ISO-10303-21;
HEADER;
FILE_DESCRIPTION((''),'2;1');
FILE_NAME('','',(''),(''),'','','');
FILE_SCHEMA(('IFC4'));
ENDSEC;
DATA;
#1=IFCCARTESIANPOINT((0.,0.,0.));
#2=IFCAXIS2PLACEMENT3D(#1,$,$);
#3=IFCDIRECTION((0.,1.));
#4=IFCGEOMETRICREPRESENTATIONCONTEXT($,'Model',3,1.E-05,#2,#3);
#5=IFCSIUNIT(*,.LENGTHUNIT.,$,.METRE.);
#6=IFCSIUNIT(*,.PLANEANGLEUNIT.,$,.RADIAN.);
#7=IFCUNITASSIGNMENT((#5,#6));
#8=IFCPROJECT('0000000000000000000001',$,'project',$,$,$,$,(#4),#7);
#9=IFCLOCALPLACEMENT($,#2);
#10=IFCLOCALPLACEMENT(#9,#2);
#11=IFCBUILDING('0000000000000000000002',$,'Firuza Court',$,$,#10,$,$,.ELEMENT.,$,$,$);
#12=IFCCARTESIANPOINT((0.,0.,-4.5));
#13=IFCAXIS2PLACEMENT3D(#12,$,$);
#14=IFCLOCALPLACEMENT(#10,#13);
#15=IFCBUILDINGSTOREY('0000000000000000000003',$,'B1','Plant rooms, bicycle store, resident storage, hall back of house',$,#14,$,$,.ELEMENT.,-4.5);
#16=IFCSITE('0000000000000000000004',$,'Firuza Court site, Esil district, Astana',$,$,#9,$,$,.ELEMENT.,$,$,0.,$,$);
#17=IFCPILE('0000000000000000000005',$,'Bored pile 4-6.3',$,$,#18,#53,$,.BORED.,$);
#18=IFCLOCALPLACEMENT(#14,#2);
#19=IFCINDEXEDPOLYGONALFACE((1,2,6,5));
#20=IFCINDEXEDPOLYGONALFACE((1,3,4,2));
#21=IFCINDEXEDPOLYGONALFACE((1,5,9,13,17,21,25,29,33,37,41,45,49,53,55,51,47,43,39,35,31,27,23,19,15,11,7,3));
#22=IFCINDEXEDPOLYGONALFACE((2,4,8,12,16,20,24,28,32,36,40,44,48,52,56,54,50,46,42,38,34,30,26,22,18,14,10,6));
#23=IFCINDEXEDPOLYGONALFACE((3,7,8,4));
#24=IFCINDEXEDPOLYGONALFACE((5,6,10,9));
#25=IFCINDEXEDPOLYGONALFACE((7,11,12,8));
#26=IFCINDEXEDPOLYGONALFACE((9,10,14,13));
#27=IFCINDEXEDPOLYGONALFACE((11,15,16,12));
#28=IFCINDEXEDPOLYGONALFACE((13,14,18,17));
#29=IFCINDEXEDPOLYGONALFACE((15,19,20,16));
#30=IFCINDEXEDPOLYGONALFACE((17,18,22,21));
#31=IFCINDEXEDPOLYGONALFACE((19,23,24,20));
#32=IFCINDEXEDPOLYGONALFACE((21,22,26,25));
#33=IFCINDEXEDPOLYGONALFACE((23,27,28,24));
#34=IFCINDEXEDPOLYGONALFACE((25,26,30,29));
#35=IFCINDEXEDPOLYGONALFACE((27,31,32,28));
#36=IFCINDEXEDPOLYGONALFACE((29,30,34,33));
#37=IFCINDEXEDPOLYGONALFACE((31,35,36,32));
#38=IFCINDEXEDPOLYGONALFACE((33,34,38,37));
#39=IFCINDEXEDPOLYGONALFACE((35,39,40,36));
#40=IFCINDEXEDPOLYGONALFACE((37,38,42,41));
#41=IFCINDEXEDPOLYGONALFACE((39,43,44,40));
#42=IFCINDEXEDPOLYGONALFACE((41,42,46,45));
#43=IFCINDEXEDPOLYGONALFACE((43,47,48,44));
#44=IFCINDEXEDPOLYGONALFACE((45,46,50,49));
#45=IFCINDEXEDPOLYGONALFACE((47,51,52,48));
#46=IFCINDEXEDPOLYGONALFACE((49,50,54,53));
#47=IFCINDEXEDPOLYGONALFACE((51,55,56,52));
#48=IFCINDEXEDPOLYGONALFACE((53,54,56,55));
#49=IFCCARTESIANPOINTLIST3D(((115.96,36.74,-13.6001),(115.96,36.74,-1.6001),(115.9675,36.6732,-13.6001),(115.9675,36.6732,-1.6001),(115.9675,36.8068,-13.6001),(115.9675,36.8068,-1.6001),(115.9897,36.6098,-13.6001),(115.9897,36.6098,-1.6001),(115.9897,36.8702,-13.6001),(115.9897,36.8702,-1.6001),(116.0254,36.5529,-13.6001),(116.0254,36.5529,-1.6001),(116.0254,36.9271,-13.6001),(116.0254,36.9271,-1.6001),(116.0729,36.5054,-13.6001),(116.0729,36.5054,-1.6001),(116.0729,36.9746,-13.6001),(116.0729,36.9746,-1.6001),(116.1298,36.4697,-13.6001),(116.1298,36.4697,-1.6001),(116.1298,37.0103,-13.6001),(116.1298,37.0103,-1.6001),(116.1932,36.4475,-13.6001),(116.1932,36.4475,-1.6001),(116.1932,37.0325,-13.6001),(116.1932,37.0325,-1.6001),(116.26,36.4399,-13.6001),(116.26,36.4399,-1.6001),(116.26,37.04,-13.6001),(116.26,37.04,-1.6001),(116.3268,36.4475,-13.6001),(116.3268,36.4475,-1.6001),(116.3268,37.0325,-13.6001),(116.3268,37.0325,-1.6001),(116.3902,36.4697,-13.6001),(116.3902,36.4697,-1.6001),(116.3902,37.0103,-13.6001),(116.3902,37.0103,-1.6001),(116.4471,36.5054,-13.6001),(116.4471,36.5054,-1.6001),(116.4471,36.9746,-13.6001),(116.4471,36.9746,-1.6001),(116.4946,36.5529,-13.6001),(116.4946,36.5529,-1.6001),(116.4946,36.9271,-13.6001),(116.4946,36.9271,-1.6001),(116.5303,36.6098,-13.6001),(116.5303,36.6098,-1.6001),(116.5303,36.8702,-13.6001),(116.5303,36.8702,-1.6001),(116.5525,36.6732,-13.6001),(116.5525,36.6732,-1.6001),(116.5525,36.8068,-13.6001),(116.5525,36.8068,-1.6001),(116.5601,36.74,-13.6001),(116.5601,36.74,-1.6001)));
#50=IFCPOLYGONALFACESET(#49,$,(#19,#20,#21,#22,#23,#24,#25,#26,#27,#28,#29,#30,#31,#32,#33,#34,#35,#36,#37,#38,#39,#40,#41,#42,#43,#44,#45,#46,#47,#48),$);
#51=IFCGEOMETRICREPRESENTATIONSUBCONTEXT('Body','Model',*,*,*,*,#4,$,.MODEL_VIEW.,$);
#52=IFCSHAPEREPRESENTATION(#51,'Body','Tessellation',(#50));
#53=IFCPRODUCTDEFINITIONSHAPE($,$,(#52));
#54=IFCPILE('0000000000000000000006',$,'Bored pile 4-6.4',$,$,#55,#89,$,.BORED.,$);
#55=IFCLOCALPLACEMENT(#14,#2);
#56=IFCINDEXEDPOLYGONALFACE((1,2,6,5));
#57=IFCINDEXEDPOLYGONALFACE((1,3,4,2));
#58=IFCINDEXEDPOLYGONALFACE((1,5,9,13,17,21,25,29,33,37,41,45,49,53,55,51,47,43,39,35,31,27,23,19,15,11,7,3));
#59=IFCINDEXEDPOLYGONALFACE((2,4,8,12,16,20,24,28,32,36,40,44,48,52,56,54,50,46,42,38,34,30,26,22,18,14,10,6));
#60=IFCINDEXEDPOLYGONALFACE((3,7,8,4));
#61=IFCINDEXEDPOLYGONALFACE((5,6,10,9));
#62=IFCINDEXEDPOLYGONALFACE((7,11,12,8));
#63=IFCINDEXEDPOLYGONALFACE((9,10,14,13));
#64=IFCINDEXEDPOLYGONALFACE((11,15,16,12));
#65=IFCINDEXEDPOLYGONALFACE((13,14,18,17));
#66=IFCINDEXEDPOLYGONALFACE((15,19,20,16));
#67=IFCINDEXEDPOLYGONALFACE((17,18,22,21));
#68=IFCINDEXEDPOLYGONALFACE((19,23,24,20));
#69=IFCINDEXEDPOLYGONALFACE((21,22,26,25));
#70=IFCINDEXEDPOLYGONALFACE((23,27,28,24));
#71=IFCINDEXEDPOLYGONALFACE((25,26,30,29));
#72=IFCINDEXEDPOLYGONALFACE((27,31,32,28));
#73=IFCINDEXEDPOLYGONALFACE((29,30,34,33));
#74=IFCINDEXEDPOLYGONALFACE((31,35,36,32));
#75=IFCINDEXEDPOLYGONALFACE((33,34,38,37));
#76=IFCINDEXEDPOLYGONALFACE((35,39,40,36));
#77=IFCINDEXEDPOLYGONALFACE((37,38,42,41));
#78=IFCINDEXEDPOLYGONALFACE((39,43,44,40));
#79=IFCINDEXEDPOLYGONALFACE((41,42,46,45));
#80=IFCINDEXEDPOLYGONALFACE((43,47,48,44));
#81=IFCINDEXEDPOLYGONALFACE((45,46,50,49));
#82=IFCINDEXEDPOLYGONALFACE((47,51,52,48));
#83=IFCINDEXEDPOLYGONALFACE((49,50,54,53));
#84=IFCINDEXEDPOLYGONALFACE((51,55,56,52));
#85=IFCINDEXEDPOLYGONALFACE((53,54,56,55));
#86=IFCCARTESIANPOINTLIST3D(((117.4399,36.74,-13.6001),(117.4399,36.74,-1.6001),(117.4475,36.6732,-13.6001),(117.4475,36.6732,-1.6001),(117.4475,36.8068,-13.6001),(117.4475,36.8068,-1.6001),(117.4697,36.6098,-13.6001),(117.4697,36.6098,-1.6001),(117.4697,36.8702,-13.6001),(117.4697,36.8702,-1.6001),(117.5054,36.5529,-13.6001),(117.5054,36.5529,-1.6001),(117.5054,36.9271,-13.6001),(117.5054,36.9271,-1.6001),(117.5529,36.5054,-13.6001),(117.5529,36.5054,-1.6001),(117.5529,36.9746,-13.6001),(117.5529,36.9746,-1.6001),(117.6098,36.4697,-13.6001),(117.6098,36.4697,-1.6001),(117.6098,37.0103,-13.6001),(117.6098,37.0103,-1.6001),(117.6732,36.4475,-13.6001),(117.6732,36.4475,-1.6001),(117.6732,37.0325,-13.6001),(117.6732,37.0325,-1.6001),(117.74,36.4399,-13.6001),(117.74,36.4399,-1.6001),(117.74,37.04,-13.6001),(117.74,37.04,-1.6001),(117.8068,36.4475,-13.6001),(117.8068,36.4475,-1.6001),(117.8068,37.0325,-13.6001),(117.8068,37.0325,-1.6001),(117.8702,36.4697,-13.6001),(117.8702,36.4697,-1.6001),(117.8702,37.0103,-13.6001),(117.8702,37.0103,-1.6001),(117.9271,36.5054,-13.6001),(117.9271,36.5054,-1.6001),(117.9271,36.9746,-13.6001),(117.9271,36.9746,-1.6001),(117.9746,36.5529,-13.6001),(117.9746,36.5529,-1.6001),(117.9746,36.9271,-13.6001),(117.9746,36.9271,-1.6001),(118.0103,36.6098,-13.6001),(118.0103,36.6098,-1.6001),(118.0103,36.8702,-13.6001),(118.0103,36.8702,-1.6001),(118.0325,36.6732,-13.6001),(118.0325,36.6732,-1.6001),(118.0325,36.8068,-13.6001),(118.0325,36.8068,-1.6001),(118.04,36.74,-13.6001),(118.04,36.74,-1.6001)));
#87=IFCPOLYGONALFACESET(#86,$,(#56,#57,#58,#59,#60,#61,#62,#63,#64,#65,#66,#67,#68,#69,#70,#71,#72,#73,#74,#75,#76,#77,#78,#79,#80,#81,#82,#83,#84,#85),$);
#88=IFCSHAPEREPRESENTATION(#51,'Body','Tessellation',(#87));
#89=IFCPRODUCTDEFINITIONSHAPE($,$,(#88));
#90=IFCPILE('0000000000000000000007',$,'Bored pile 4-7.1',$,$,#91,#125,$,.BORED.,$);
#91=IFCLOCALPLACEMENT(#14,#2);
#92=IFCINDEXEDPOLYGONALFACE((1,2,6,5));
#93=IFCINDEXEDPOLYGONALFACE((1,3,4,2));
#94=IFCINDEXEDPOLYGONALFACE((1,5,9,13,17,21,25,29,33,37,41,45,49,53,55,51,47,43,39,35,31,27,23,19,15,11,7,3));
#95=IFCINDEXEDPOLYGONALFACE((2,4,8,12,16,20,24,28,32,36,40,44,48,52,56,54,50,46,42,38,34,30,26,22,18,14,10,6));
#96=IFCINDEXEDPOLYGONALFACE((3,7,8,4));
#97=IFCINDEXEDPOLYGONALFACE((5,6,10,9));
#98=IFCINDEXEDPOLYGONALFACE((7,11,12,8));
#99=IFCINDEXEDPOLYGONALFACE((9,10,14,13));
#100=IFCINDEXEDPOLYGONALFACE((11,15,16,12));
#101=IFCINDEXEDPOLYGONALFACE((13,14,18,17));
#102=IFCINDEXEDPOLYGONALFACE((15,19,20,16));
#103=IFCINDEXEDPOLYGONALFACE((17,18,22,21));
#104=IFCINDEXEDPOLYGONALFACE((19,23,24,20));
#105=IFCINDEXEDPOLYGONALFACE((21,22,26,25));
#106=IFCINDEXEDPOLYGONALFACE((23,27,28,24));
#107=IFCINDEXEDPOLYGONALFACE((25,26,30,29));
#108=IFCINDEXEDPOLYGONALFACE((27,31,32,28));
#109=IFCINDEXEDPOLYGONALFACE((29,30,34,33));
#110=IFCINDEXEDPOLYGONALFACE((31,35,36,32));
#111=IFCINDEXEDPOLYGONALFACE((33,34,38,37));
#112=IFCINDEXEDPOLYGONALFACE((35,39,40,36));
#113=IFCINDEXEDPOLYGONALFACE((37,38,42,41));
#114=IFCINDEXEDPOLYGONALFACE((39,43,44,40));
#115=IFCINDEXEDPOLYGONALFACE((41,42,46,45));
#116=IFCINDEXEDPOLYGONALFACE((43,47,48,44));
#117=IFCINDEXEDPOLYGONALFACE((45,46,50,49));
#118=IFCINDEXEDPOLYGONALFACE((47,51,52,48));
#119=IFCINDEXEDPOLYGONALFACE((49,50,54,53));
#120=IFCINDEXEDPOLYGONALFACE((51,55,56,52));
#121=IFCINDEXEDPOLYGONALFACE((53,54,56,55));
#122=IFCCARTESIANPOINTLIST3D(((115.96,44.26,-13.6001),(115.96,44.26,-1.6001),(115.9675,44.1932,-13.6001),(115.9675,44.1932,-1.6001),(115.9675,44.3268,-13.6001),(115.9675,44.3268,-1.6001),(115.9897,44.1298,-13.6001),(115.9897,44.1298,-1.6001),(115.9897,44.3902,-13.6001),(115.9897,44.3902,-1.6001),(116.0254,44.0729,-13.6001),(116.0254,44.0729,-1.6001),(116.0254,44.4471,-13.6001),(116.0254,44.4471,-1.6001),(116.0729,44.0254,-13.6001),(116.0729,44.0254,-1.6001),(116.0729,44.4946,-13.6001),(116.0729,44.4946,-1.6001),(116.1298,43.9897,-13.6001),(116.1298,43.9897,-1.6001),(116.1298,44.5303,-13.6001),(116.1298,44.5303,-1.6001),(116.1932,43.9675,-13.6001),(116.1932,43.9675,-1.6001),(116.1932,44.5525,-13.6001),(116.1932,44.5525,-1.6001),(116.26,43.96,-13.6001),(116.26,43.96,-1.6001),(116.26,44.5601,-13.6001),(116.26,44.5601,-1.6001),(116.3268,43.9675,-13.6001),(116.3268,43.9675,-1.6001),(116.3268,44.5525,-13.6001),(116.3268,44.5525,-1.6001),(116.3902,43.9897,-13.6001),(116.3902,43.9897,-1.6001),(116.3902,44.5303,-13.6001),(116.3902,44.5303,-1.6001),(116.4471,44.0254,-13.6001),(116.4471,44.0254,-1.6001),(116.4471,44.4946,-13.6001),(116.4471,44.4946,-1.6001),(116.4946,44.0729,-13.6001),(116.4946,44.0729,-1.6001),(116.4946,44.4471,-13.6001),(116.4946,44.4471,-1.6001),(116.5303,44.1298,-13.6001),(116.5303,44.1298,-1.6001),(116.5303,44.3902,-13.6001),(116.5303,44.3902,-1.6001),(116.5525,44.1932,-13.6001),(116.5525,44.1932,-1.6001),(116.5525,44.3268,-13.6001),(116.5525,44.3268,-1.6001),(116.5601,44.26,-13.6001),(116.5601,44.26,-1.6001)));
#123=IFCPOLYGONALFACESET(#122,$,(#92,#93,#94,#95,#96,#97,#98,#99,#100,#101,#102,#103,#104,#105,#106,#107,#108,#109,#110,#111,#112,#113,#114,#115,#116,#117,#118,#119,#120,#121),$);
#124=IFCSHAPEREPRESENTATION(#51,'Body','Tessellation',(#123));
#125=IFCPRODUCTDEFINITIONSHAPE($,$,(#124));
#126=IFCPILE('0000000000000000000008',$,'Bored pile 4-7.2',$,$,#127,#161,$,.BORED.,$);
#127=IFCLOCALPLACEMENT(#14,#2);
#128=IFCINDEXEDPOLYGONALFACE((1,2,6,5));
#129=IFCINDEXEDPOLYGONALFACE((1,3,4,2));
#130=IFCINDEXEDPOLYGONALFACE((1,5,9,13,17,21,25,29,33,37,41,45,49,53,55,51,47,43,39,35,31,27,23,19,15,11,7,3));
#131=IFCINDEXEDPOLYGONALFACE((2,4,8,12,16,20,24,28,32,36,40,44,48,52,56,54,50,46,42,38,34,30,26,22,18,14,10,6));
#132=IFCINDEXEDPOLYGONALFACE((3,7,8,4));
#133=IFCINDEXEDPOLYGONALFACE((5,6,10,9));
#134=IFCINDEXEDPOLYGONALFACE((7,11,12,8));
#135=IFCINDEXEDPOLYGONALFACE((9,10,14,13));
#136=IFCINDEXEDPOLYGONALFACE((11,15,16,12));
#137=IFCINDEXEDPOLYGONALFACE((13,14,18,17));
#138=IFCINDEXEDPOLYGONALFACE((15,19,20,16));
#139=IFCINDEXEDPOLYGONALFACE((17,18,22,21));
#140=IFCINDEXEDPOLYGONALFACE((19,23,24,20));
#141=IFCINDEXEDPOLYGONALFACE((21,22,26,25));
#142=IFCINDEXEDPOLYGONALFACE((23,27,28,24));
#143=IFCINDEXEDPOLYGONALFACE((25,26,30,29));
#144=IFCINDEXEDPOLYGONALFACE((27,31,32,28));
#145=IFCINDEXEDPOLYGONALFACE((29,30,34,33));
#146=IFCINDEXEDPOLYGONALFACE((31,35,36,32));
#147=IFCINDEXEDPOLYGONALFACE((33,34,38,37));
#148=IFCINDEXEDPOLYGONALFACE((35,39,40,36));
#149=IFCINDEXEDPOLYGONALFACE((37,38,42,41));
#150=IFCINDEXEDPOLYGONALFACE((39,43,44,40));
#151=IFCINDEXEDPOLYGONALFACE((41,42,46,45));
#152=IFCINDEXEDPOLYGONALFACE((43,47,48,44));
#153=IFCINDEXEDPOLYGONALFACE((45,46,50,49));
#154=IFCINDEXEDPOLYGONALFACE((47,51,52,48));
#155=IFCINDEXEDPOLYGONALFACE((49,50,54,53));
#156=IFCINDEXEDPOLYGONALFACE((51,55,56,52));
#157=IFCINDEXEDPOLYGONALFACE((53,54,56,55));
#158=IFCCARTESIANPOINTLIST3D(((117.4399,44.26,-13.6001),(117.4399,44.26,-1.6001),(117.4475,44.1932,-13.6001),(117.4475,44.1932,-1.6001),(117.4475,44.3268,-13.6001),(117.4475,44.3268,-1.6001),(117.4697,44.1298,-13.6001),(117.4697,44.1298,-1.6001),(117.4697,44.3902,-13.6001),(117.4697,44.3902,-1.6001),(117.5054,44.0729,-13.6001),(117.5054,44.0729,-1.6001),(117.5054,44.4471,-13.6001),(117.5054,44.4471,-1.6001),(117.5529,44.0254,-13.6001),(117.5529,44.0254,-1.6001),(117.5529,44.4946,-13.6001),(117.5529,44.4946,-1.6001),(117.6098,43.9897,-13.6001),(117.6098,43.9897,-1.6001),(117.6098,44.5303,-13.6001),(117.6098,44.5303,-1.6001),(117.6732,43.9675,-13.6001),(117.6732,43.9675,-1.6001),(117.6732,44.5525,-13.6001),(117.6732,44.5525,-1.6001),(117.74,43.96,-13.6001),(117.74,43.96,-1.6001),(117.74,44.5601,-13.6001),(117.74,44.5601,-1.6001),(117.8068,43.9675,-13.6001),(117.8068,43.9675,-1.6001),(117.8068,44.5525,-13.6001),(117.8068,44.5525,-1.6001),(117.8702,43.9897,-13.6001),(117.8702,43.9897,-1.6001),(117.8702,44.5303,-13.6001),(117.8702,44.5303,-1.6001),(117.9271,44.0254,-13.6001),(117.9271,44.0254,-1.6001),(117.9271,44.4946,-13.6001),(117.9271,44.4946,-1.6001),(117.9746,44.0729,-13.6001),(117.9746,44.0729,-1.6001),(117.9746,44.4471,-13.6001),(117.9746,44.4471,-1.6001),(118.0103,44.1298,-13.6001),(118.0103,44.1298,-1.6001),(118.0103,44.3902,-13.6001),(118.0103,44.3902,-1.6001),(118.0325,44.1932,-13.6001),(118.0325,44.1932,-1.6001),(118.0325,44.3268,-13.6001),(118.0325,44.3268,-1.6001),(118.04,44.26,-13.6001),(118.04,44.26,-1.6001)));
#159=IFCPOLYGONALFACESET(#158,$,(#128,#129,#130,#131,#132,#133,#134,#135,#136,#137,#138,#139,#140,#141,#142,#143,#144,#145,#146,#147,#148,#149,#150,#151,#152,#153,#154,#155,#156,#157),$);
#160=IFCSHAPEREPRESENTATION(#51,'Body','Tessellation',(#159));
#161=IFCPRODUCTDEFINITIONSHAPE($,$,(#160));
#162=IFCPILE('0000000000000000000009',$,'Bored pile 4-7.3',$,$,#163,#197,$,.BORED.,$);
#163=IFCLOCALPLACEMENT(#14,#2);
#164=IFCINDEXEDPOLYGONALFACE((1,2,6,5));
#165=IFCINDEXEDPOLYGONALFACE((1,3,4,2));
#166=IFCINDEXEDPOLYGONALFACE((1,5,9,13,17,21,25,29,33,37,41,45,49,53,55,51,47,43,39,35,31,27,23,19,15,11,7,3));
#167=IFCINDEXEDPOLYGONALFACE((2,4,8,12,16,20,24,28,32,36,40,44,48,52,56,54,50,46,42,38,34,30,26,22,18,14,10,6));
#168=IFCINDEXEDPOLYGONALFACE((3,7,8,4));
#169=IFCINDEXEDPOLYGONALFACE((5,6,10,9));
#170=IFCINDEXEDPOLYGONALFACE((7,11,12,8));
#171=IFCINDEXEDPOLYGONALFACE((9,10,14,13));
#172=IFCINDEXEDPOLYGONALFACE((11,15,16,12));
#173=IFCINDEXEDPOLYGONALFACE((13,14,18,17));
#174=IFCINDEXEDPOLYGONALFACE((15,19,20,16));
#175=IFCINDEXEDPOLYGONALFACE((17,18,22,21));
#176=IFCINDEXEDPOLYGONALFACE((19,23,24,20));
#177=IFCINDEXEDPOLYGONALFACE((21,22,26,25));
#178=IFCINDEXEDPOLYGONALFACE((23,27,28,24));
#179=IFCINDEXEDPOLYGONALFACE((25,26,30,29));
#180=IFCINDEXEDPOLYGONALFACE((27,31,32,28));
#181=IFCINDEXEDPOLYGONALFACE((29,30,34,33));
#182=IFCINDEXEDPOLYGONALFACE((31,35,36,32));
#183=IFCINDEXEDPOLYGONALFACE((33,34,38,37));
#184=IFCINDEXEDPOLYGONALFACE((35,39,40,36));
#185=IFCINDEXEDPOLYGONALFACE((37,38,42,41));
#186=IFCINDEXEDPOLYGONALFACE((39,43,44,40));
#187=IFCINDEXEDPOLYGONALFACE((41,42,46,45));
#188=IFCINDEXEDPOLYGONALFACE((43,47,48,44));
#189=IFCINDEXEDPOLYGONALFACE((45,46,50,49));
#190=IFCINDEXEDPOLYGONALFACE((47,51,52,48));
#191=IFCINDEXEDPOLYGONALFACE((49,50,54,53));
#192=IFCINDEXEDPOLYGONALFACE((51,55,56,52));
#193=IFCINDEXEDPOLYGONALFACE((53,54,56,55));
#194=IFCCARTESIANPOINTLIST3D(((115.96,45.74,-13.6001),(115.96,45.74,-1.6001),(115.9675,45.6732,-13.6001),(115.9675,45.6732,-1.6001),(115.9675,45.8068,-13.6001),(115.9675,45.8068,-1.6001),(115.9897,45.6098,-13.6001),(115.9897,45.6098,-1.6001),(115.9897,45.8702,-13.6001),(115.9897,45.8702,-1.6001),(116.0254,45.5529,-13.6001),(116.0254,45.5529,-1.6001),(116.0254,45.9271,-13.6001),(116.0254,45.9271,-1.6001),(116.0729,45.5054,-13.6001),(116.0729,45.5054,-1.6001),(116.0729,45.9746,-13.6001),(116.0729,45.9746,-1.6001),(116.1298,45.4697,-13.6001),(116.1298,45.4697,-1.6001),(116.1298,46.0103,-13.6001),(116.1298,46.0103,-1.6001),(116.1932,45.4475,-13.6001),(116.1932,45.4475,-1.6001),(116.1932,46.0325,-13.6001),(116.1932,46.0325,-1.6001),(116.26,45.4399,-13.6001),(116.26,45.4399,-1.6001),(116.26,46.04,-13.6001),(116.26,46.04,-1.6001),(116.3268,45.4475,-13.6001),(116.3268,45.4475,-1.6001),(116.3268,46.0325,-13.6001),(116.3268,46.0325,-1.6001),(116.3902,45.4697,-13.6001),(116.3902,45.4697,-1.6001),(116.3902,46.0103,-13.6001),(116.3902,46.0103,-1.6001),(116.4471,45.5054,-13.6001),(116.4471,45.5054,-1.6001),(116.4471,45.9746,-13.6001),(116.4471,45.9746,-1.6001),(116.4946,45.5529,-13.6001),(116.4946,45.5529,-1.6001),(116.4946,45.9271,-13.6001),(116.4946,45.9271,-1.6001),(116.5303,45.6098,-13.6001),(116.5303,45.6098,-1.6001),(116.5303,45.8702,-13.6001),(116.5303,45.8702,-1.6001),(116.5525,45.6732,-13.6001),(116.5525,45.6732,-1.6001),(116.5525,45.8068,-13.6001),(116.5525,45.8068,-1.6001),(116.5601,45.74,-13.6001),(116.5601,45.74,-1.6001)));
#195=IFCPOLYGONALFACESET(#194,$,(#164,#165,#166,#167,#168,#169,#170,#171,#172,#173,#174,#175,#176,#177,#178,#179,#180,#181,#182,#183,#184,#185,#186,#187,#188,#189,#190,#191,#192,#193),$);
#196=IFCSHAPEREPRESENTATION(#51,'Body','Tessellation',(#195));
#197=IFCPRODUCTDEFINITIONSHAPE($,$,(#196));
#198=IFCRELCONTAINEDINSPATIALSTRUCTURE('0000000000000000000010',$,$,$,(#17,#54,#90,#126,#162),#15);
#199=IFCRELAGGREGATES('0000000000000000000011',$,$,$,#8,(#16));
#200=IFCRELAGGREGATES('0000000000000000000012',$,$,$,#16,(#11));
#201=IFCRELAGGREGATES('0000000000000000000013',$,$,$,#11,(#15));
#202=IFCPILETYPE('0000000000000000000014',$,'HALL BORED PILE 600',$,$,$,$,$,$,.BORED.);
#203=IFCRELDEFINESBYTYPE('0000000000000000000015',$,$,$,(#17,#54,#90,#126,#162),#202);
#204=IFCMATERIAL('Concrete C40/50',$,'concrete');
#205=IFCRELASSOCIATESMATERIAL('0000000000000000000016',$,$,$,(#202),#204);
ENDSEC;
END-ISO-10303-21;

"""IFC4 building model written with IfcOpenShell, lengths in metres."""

from ifc_helpers import new_model, si_unit, direction, frame, origin, origin_2d, place, context, subcontext, project, spatial, circle, extrude, material, material_profile, profile_set, type_object, element, save


model = new_model("IFC4")

# Units and contexts
model_context = context("Model", 3, precision=1e-05, world=origin(), true_north=direction((0.0, 1.0)))
body_context = subcontext(model_context, "Body", "Model", "MODEL_VIEW")
ifc_project = project(units=[si_unit("LENGTHUNIT", "METRE"), si_unit("PLANEANGLEUNIT", "RADIAN")], contexts=[model_context])

# Site, building, storey
site_placement = place(None, origin())
site = spatial("IfcSite", under=ifc_project, at=site_placement, Name="Firuza Court site, Esil district, Astana", CompositionType="ELEMENT", RefElevation=0.0)
building_placement = place(site_placement, origin())
building = spatial("IfcBuilding", under=site, at=building_placement, Name="Firuza Court", CompositionType="ELEMENT")
storey_placement = place(building_placement, frame((0.0, 0.0, -4.5)))
storey = spatial("IfcBuildingStorey", under=building, at=storey_placement, Name="B1", Description="Plant rooms, bicycle store, resident storage, hall back of house", CompositionType="ELEMENT", Elevation=-4.5)

# Piles
ifc_material_1 = material(Name="Concrete C40/50", Category="concrete")
ifc_material_profile_1 = material_profile(ifc_material_1, circle(Radius=0.3, at=origin_2d()), Name="PILE 600")
ifc_profile_set_1 = profile_set([ifc_material_profile_1], Name="Concrete C40/50")
pile_type = type_object("IfcPileType", Name="HALL BORED PILE 600", PredefinedType="BORED", material=ifc_profile_set_1)
for number, where, z_axis, x_axis, name in (
    (1, (116.26, 36.74, -1.6001), (0.0, 0.0, -1.0), (1.0, 0.0, 0.0), "Bored pile 4-6.3"),
    (2, (117.74, 36.74, -1.6001), (0.0, 0.0, -1.0), (1.0, 0.0, 0.0), "Bored pile 4-6.4"),
    (3, (116.26, 44.26, -1.6001), (0.0, 0.0, -1.0), (1.0, 0.0, 0.0), "Bored pile 4-7.1"),
    (4, (117.74, 44.26, -1.6001), (0.0, 0.0, -1.0), (1.0, 0.0, 0.0), "Bored pile 4-7.2"),
    (5, (116.26, 45.74, -1.6001), (0.0, 0.0, -1.0), (1.0, 0.0, 0.0), "Bored pile 4-7.3"),
):
    element("IfcPile", number, at=place(storey_placement, frame(where, z_axis=z_axis, x_axis=x_axis)), inside=storey, type_object=pile_type, Name=name, PredefinedType="BORED", context=body_context, shape_type="SweptSolid", body=[
        extrude(circle(Radius=0.3, at=origin_2d()), origin(), (0.0, 0.0, 1.0), 12.0),
    ])

save(model, "model.ifc")
